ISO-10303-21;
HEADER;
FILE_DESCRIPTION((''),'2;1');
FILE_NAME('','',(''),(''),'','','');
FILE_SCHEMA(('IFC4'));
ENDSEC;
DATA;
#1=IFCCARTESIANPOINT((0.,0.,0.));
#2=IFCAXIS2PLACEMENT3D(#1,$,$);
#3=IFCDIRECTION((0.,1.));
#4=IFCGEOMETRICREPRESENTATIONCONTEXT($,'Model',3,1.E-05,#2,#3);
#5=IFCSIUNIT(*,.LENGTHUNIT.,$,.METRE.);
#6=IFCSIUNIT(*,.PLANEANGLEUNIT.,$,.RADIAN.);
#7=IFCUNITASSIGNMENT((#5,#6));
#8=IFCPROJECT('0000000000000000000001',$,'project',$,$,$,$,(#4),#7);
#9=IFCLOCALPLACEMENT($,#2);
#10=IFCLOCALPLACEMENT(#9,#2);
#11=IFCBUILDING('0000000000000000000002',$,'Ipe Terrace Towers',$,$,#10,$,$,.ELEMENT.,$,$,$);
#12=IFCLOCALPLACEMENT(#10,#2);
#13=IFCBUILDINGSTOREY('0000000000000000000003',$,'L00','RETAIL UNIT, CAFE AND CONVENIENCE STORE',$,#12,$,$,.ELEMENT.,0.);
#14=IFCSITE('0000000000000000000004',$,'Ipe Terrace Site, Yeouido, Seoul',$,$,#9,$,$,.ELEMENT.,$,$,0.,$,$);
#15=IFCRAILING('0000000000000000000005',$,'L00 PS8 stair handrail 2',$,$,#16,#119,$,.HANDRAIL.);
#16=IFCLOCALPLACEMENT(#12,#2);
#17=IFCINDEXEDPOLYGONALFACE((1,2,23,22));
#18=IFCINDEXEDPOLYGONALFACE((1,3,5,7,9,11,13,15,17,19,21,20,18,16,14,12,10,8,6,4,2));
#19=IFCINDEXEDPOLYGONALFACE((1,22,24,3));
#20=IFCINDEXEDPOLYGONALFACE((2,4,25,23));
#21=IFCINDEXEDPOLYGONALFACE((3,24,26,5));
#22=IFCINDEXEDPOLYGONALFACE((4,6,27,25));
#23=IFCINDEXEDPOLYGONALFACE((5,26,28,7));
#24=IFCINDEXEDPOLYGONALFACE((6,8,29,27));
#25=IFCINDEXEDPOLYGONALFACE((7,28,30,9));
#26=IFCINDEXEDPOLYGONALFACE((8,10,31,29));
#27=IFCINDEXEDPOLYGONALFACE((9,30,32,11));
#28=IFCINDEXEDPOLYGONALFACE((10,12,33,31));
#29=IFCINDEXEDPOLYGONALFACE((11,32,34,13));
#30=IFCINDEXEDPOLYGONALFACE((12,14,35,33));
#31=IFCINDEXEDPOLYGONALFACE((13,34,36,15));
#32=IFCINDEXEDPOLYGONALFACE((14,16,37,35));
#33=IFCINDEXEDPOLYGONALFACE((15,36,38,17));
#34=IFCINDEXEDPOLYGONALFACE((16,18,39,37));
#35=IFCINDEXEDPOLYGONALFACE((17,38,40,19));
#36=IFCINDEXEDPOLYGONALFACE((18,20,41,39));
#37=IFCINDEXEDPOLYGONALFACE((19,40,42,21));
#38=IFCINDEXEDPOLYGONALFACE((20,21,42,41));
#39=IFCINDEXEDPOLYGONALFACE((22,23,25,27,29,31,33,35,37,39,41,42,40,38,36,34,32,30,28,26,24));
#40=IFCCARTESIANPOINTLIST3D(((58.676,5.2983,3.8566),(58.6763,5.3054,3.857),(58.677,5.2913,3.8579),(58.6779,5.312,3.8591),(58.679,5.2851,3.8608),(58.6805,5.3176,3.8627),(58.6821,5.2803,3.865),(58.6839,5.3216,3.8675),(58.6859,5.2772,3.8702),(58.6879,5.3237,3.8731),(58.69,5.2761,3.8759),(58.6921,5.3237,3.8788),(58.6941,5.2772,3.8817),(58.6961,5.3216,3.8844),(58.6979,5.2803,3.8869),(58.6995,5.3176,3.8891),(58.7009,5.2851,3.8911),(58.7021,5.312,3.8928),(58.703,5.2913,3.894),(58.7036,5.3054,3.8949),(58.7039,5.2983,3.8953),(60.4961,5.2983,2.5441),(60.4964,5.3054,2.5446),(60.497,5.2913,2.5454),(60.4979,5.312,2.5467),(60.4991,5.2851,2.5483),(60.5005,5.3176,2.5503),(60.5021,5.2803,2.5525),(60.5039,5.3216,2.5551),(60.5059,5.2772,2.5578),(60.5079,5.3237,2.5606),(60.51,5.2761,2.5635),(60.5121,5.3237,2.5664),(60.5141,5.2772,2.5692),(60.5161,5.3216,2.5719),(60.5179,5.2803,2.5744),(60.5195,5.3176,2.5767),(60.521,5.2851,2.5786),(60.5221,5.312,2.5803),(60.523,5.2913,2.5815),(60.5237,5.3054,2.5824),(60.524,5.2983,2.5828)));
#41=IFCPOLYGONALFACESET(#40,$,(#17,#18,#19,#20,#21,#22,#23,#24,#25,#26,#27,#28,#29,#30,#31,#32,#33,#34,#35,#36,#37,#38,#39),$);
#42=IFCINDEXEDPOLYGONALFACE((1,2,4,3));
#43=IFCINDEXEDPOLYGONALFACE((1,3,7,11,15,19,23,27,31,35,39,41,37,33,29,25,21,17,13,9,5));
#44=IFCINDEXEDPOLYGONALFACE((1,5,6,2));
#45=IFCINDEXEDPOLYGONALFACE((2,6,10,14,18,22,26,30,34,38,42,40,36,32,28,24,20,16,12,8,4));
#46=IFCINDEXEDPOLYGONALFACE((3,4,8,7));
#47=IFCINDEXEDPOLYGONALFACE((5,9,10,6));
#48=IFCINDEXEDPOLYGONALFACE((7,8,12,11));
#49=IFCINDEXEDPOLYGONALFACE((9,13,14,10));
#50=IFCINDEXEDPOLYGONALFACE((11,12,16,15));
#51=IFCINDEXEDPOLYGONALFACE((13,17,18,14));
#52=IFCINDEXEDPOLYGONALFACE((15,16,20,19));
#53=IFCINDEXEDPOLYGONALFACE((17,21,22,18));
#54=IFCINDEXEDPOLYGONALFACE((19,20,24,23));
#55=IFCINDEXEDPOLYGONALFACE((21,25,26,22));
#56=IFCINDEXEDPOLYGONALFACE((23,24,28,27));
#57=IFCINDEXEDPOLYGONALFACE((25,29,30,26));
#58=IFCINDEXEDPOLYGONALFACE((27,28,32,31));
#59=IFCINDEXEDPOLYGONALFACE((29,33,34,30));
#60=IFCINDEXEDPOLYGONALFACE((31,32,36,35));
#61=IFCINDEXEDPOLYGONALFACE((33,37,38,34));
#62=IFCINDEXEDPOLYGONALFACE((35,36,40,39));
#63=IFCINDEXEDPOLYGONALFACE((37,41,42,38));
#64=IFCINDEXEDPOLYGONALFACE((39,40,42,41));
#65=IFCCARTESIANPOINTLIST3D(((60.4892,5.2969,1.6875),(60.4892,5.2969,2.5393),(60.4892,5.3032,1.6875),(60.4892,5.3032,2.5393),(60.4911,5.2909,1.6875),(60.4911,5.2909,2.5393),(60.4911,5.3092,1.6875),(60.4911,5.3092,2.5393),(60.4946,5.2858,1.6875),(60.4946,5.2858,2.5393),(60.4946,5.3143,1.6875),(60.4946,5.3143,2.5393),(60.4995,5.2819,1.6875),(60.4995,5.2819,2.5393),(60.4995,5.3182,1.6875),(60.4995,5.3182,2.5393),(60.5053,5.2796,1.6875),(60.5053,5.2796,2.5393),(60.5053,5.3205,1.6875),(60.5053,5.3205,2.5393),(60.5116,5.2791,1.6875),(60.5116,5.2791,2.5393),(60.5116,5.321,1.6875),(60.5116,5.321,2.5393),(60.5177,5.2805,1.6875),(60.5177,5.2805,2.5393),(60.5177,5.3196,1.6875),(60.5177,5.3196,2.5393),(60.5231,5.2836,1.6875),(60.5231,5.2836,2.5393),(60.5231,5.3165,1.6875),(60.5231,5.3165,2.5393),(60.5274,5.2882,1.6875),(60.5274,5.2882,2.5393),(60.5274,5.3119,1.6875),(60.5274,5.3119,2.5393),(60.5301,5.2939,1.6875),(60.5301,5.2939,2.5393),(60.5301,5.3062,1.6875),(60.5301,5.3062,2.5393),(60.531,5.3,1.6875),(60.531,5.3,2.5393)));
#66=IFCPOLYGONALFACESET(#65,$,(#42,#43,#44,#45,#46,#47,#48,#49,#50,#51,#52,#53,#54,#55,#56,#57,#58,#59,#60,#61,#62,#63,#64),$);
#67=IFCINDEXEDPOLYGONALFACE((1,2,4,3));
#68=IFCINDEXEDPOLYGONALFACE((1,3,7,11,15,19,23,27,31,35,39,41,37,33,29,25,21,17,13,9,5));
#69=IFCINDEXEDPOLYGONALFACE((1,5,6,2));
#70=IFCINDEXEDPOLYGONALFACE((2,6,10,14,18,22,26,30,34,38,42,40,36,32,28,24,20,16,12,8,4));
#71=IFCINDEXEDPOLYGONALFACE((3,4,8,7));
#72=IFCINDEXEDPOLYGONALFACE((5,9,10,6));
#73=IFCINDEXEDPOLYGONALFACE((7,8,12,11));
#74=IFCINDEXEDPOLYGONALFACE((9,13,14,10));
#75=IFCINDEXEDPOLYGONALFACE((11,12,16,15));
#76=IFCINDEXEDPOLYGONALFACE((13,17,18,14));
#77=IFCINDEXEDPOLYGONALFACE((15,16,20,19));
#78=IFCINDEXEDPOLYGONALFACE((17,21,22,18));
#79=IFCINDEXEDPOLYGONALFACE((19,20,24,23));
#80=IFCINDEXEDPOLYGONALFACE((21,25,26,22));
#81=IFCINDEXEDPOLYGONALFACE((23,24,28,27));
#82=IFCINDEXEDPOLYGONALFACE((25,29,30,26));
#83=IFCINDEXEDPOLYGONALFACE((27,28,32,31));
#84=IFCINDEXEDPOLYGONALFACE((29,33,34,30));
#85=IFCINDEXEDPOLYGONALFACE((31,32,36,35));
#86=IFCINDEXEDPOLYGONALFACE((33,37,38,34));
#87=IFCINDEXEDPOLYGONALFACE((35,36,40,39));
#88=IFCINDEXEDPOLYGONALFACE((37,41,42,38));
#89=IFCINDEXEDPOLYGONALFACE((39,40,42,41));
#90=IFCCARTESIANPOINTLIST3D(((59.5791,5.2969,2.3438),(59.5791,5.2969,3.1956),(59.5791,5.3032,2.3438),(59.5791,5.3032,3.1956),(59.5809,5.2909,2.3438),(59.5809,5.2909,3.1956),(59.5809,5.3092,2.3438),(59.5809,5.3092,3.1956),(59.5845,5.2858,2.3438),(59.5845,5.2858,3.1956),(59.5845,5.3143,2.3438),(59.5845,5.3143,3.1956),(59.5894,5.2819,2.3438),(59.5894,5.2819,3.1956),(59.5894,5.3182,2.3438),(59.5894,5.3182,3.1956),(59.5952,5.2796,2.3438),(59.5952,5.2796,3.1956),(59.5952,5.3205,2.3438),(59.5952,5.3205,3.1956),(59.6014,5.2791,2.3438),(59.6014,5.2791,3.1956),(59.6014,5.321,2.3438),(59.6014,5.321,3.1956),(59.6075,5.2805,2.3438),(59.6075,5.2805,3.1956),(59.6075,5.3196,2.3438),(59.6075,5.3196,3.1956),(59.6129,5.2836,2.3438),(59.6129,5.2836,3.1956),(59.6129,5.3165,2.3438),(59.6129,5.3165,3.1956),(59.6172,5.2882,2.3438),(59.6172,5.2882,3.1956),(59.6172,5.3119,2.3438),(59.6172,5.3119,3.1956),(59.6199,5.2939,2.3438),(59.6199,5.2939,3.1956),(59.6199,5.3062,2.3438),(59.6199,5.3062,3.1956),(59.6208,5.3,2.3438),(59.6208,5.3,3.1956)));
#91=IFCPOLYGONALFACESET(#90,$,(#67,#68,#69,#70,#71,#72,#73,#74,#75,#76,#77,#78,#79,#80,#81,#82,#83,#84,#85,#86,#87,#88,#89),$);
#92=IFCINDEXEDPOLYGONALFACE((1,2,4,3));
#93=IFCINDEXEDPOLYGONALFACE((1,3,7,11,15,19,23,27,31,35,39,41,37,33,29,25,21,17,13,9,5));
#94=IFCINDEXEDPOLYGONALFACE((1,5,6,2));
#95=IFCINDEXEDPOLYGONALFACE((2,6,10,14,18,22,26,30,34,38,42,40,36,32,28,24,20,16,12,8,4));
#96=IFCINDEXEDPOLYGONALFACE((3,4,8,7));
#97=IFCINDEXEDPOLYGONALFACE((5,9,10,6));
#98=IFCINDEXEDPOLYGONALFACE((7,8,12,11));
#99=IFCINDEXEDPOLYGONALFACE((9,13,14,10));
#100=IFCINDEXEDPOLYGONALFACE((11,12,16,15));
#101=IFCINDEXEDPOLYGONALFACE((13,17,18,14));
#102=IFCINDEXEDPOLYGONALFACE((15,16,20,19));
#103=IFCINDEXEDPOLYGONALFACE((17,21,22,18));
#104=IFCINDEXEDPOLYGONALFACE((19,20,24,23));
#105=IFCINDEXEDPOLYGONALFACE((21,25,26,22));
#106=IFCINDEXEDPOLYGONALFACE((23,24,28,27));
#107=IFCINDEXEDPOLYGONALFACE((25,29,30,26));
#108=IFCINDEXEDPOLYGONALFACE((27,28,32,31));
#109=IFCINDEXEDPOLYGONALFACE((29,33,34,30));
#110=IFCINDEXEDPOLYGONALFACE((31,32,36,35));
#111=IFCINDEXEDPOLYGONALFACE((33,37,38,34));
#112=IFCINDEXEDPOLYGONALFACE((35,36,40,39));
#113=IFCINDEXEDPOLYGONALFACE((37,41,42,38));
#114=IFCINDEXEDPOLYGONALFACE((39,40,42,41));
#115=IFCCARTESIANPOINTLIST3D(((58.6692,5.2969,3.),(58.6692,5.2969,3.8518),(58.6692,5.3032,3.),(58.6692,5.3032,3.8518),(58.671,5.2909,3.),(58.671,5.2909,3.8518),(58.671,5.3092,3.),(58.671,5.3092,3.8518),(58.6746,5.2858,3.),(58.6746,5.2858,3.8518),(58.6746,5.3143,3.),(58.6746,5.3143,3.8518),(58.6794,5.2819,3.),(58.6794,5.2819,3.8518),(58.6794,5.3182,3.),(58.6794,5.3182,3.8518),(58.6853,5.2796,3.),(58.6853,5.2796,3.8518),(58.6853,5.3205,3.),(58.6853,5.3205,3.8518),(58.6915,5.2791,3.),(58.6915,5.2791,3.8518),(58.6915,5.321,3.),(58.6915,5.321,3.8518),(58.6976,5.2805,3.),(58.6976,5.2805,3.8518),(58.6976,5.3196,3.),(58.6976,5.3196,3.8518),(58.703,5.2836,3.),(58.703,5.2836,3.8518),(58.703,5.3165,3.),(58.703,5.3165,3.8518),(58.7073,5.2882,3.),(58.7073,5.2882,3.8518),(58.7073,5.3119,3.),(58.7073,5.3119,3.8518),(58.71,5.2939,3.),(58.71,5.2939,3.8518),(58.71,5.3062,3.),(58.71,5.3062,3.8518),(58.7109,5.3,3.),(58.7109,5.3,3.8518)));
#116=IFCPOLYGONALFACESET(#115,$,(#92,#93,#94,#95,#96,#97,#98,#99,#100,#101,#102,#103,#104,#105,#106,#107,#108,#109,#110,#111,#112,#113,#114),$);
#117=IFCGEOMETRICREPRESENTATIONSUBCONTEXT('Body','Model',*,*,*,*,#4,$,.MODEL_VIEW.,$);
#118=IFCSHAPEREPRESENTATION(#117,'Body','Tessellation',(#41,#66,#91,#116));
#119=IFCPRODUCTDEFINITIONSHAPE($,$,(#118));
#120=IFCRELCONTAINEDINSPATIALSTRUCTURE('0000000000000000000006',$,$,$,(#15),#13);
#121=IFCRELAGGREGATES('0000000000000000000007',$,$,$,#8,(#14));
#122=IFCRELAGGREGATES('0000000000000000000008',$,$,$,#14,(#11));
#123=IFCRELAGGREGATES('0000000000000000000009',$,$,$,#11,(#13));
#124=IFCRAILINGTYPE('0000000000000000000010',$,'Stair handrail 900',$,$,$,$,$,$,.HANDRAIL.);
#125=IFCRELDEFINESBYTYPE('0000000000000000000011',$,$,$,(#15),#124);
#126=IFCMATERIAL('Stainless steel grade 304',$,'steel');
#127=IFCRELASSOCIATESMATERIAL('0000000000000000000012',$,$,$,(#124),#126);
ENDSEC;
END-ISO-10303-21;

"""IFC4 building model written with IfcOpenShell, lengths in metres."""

from ifc_helpers import new_model, si_unit, direction, frame, origin, origin_2d, place, context, subcontext, project, spatial, circle, extrude, material, type_object, element, save


model = new_model("IFC4")

# Units and contexts
model_context = context("Model", 3, precision=1e-05, world=origin(), true_north=direction((0.0, 1.0)))
body_context = subcontext(model_context, "Body", "Model", "MODEL_VIEW")
ifc_project = project(units=[si_unit("LENGTHUNIT", "METRE"), si_unit("PLANEANGLEUNIT", "RADIAN")], contexts=[model_context])

# Site, building, storey
site_placement = place(None, origin())
site = spatial("IfcSite", under=ifc_project, at=site_placement, Name="Ipe Terrace Site, Yeouido, Seoul", CompositionType="ELEMENT", RefElevation=0.0)
building_placement = place(site_placement, origin())
building = spatial("IfcBuilding", under=site, at=building_placement, Name="Ipe Terrace Towers", CompositionType="ELEMENT")
storey_placement = place(building_placement, origin())
storey = spatial("IfcBuildingStorey", under=building, at=storey_placement, Name="L00", Description="RETAIL UNIT, CAFE AND CONVENIENCE STORE", CompositionType="ELEMENT", Elevation=0.0)

# Railing
ifc_material_1 = material(Name="Stainless steel grade 304", Category="steel")
railing_type_1 = type_object("IfcRailingType", Name="Stair handrail 900", PredefinedType="HANDRAIL", material=ifc_material_1)
railing_1_placement = place(storey_placement, frame((60.51, 5.3, 1.6875)))
element("IfcRailing", 1, at=railing_1_placement, inside=storey, type_object=railing_type_1, Name="L00 PS8 stair handrail 2", PredefinedType="HANDRAIL", context=body_context, shape_type="SweptSolid", body=[
    extrude(circle(Radius=0.0239, at=origin_2d()), frame((0.0, 0.0, 0.876), z_axis=(-0.811101, 0.0, 0.584906), x_axis=(0.0, -1.0, 0.0)), (0.0, 0.0, 1.0), 2.2439),
    extrude(circle(Radius=0.021, at=origin_2d()), origin(), (0.0, 0.0, 1.0), 0.8518),
    extrude(circle(Radius=0.021, at=origin_2d()), frame((-0.9102, 0.0, 0.6562)), (0.0, 0.0, 1.0), 0.8518),
    extrude(circle(Radius=0.021, at=origin_2d()), frame((-1.8201, 0.0, 1.3125)), (0.0, 0.0, 1.0), 0.8518),
])

save(model, "model.ifc")
